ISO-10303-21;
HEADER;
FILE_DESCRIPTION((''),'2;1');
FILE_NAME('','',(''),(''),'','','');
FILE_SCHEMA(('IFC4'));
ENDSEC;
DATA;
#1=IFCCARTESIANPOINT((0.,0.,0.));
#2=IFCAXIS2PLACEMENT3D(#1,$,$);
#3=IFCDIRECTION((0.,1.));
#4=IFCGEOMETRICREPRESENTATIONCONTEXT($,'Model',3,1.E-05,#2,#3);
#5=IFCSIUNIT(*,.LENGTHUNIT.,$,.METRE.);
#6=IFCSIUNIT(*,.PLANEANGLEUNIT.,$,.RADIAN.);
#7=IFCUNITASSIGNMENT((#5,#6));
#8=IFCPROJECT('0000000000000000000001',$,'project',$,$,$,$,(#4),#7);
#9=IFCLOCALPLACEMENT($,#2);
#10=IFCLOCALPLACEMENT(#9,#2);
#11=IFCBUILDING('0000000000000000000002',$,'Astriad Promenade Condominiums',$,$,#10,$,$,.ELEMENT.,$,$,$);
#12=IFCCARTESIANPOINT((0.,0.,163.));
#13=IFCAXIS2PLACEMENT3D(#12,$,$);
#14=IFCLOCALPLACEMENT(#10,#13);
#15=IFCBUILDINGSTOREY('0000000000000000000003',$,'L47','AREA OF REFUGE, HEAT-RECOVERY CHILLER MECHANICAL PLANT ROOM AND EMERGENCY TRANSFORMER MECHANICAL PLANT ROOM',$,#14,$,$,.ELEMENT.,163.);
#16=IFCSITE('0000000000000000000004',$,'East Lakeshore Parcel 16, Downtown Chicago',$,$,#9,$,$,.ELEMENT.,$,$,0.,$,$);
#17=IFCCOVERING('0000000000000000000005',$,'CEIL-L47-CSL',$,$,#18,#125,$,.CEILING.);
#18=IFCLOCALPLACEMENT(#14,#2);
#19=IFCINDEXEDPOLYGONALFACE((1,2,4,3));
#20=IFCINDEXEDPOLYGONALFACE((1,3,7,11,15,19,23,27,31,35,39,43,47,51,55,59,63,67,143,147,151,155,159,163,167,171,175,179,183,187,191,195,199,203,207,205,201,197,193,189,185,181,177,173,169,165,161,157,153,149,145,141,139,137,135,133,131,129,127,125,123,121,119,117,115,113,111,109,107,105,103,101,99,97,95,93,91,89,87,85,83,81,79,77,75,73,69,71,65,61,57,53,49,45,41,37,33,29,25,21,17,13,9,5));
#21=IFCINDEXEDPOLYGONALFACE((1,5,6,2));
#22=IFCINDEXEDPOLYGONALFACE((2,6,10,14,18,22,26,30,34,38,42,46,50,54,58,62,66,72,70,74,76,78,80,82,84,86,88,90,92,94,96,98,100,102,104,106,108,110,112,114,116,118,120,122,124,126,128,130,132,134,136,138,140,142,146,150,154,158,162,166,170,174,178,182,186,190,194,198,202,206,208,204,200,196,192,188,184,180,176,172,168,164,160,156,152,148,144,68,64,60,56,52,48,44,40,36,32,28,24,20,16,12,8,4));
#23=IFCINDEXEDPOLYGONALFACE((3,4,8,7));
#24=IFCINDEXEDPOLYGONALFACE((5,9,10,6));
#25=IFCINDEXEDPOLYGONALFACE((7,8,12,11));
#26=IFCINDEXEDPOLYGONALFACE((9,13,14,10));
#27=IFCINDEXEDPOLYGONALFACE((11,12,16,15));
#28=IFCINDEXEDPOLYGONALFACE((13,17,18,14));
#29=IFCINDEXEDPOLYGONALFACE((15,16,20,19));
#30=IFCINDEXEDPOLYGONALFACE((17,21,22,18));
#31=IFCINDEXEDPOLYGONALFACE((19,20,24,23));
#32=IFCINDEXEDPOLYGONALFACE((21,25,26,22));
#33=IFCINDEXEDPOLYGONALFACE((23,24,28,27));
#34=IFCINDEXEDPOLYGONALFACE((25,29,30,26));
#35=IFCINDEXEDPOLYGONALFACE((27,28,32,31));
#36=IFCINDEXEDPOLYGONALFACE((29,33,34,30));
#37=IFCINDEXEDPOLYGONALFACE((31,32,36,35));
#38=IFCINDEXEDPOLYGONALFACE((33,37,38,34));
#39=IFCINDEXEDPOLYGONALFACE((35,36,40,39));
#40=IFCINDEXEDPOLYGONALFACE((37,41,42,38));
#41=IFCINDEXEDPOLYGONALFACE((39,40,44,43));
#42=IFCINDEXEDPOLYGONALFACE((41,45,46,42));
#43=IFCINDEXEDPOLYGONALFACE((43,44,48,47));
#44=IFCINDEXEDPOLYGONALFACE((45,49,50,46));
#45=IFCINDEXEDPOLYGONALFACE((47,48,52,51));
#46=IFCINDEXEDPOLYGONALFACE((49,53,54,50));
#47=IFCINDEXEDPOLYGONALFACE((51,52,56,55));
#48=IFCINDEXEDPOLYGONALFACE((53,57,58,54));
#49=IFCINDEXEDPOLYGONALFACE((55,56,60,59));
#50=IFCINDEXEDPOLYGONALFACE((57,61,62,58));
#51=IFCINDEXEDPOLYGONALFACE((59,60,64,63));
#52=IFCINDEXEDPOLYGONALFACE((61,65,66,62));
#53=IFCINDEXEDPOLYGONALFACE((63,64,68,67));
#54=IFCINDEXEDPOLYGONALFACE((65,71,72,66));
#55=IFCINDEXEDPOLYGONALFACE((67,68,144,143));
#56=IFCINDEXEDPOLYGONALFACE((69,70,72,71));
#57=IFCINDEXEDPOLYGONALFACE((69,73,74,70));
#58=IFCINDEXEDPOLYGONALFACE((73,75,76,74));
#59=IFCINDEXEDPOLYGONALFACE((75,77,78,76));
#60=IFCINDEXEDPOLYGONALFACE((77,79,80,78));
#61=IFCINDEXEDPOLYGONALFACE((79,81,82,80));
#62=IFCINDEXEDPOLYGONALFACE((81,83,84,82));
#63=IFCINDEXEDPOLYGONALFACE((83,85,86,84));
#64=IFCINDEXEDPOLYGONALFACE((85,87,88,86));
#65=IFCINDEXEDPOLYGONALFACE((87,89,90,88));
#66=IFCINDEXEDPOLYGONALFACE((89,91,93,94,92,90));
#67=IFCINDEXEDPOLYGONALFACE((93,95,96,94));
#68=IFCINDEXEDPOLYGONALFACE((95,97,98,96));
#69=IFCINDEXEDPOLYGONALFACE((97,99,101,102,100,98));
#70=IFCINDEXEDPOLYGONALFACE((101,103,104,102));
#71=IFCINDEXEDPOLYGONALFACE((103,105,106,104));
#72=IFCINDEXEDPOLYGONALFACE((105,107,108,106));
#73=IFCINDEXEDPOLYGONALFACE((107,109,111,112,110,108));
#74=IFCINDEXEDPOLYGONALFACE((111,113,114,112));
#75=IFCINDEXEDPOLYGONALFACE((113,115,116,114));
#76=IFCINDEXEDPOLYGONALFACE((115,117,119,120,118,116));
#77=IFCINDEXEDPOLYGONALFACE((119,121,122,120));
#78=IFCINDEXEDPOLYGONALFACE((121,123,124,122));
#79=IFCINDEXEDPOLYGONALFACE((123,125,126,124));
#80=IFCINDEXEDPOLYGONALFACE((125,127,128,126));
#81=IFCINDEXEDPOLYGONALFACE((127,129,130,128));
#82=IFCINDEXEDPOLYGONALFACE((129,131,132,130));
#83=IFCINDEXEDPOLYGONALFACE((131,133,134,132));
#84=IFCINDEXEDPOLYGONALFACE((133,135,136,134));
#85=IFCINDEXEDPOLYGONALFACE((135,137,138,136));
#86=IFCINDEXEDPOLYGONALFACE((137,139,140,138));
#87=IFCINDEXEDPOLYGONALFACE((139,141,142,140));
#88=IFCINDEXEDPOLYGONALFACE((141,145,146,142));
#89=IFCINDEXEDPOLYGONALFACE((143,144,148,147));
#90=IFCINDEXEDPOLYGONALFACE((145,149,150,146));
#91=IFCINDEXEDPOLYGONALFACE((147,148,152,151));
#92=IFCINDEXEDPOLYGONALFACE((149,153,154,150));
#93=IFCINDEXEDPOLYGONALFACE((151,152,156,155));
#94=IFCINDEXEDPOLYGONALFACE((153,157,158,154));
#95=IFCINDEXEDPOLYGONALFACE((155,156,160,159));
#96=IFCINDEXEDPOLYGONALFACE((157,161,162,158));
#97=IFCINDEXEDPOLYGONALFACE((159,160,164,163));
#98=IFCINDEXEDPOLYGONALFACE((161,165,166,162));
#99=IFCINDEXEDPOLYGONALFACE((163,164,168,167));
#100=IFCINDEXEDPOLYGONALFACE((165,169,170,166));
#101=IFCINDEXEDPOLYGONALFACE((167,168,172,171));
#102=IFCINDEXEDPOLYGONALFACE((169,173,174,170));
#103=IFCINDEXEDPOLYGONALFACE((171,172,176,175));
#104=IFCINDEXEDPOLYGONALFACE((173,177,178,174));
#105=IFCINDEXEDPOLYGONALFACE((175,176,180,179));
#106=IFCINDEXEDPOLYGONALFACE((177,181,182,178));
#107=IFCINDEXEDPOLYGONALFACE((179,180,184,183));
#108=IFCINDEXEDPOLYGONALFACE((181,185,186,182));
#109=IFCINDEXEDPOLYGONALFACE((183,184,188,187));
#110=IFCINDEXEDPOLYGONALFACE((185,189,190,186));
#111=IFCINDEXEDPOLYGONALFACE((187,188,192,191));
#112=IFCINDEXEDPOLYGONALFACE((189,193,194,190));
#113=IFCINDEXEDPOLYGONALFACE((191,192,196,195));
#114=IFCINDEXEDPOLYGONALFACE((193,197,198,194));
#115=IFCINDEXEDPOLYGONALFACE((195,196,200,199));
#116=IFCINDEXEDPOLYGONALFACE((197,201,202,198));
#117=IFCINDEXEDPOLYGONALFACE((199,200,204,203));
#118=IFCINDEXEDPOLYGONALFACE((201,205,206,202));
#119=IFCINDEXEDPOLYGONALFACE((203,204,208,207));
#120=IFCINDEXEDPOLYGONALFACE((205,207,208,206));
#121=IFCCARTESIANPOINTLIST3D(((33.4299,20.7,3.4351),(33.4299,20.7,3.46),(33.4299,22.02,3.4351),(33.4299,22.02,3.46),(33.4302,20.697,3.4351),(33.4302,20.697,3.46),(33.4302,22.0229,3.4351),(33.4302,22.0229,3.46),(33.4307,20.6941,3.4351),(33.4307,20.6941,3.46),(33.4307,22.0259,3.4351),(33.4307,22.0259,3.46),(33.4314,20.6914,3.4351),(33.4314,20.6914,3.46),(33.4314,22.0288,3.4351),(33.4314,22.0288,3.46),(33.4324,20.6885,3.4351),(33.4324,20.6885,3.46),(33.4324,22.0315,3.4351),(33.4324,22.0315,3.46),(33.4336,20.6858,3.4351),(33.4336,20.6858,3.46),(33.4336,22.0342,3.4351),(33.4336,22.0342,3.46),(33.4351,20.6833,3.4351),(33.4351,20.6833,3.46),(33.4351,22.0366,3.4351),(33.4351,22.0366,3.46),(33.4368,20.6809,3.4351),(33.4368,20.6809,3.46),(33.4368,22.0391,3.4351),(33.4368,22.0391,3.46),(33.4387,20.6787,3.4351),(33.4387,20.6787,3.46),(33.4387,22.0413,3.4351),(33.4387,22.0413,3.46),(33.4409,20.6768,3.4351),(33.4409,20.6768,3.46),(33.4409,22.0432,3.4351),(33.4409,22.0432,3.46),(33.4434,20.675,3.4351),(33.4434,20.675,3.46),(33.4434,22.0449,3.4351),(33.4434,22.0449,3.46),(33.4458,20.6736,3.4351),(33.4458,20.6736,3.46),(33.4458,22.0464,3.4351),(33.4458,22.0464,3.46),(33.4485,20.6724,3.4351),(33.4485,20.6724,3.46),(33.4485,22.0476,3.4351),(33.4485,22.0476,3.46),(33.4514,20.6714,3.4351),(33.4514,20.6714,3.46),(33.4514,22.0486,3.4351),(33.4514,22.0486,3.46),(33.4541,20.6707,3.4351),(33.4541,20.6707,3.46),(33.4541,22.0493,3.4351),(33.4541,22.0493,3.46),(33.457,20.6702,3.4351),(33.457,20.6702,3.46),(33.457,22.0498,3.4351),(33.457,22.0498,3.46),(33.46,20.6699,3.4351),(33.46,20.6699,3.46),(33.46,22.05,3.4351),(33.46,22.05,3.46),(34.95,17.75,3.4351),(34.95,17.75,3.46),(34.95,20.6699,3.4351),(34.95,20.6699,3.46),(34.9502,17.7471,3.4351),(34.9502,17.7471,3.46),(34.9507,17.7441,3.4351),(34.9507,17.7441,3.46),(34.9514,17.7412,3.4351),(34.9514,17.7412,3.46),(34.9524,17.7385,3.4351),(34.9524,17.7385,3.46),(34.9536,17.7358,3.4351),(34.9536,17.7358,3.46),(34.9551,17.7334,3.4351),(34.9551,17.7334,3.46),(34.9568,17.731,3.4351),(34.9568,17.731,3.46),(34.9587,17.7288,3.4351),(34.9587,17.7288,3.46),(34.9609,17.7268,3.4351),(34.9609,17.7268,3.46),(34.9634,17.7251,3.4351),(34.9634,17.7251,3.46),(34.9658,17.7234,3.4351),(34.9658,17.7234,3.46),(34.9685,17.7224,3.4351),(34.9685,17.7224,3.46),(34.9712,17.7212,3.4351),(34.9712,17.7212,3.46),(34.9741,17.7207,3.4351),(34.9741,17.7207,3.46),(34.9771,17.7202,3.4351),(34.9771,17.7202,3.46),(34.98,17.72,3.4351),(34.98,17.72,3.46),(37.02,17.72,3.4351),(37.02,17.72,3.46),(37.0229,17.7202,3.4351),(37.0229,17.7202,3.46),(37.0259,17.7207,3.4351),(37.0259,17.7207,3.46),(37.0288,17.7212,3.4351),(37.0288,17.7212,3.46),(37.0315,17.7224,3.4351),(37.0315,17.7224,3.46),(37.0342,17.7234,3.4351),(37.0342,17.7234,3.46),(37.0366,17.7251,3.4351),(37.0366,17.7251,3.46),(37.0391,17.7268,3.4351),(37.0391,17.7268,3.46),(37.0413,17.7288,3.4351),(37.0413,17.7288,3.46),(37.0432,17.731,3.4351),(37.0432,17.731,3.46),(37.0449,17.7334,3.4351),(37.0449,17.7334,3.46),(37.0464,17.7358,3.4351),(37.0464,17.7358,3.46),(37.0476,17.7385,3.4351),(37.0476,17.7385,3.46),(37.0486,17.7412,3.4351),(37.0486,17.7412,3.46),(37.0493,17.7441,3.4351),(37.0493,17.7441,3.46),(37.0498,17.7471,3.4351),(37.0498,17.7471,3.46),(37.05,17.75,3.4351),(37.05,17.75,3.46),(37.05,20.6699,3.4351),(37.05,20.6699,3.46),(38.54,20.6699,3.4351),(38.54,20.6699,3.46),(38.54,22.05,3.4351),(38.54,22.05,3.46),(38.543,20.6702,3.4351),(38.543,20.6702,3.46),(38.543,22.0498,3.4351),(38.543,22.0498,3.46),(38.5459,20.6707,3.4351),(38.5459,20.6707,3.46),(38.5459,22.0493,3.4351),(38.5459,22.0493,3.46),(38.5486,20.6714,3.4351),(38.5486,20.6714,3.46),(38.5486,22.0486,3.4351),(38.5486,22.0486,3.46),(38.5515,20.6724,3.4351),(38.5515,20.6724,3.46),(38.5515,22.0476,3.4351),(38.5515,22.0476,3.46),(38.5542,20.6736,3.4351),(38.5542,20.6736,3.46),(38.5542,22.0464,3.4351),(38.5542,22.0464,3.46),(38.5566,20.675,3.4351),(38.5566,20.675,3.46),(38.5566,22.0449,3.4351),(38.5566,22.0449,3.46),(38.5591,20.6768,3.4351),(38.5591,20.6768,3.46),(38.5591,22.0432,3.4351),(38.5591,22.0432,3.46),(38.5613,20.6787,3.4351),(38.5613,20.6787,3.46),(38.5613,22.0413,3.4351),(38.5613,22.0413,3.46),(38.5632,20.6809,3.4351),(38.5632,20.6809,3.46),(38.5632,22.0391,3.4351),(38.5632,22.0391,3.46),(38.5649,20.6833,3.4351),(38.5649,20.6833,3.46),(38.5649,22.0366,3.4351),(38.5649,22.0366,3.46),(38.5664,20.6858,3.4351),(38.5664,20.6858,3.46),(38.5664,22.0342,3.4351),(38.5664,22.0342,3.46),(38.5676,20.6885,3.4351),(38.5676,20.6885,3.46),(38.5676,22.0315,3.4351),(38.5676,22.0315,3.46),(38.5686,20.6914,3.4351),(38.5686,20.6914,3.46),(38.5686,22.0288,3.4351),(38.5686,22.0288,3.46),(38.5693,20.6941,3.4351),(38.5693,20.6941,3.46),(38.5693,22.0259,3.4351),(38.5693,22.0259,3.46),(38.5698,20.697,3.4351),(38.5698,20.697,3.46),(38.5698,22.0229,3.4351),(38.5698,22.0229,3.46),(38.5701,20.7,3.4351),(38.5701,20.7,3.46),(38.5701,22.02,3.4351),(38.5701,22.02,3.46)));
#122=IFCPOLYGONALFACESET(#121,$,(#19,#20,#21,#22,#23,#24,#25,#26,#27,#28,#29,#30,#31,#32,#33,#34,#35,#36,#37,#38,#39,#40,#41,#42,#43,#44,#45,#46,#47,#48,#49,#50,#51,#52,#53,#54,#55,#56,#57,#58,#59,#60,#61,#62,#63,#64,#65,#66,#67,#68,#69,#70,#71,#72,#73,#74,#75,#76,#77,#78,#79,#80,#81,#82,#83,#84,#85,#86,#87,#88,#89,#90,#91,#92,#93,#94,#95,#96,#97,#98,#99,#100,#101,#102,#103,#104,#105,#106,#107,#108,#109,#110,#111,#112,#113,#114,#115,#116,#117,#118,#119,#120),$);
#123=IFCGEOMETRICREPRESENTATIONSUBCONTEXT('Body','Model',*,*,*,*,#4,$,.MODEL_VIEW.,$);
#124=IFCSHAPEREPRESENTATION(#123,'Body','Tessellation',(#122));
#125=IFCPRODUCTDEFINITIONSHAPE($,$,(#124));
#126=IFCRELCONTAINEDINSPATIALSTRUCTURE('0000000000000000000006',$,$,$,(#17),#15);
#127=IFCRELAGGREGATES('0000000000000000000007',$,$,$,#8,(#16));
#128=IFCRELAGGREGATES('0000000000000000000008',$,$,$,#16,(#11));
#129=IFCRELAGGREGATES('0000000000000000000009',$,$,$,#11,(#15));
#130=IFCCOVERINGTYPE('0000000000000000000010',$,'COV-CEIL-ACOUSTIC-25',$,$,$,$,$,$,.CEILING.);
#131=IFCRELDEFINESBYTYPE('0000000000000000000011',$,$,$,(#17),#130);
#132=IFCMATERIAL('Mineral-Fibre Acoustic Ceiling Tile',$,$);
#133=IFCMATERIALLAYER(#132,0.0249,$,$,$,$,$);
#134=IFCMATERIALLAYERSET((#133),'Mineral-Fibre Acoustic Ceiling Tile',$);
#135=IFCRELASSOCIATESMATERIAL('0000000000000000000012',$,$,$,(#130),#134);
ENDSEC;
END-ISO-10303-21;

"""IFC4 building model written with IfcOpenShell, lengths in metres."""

from ifc_helpers import new_model, si_unit, direction, frame, origin, place, context, subcontext, project, spatial, polyline, outline, extrude, material, layer, layer_set, type_object, element, save


model = new_model("IFC4")

# Units and contexts
model_context = context("Model", 3, precision=1e-05, world=origin(), true_north=direction((0.0, 1.0)))
body_context = subcontext(model_context, "Body", "Model", "MODEL_VIEW")
ifc_project = project(units=[si_unit("LENGTHUNIT", "METRE"), si_unit("PLANEANGLEUNIT", "RADIAN")], contexts=[model_context])

# Site, building, storey
site_placement = place(None, origin())
site = spatial("IfcSite", under=ifc_project, at=site_placement, Name="East Lakeshore Parcel 16, Downtown Chicago", CompositionType="ELEMENT", RefElevation=0.0)
building_placement = place(site_placement, origin())
building = spatial("IfcBuilding", under=site, at=building_placement, Name="Astriad Promenade Condominiums", CompositionType="ELEMENT")
storey_placement = place(building_placement, frame((0.0, 0.0, 163.0)))
storey = spatial("IfcBuildingStorey", under=building, at=storey_placement, Name="L47", Description="AREA OF REFUGE, HEAT-RECOVERY CHILLER MECHANICAL PLANT ROOM AND EMERGENCY TRANSFORMER MECHANICAL PLANT ROOM", CompositionType="ELEMENT", Elevation=163.0)

# Covering
ifc_material_1 = material(Name="Mineral-Fibre Acoustic Ceiling Tile")
ifc_layer_1 = layer(ifc_material_1, 0.0249)
ifc_layer_set_1 = layer_set([ifc_layer_1], Name="Mineral-Fibre Acoustic Ceiling Tile")
covering_type_1 = type_object("IfcCoveringType", Name="COV-CEIL-ACOUSTIC-25", PredefinedType="CEILING", material=ifc_layer_set_1)
covering_1_placement = place(storey_placement, frame((0.0, 0.0, 3.4351)))
element("IfcCovering", 1, at=covering_1_placement, inside=storey, type_object=covering_type_1, Name="CEIL-L47-CSL", PredefinedType="CEILING", context=body_context, shape_type="SweptSolid", body=[
    extrude(outline(polyline([(37.05, 17.75), (37.0498, 17.7471), (37.0493, 17.7441), (37.0486, 17.7412), (37.0476, 17.7385), (37.0464, 17.7358), (37.0449, 17.7334), (37.0432, 17.731), (37.0413, 17.7288), (37.0391, 17.7268), (37.0366, 17.7251), (37.0342, 17.7234), (37.0315, 17.7224), (37.0288, 17.7212), (37.0259, 17.7207), (37.0229, 17.7202), (37.02, 17.72), (34.98, 17.72), (34.9771, 17.7202), (34.9741, 17.7207), (34.9712, 17.7212), (34.9685, 17.7224), (34.9658, 17.7234), (34.9634, 17.7251), (34.9609, 17.7268), (34.9587, 17.7288), (34.9568, 17.731), (34.9551, 17.7334), (34.9536, 17.7358), (34.9524, 17.7385), (34.9514, 17.7412), (34.9507, 17.7441), (34.9502, 17.7471), (34.95, 17.75), (34.95, 20.6699), (33.46, 20.6699), (33.457, 20.6702), (33.4541, 20.6707), (33.4514, 20.6714), (33.4485, 20.6724), (33.4458, 20.6736), (33.4434, 20.675), (33.4409, 20.6768), (33.4387, 20.6787), (33.4368, 20.6809), (33.4351, 20.6833), (33.4336, 20.6858), (33.4324, 20.6885), (33.4314, 20.6914), (33.4307, 20.6941), (33.4302, 20.697), (33.4299, 20.7), (33.4299, 22.02), (33.4302, 22.0229), (33.4307, 22.0259), (33.4314, 22.0288), (33.4324, 22.0315), (33.4336, 22.0342), (33.4351, 22.0366), (33.4368, 22.0391), (33.4387, 22.0413), (33.4409, 22.0432), (33.4434, 22.0449), (33.4458, 22.0464), (33.4485, 22.0476), (33.4514, 22.0486), (33.4541, 22.0493), (33.457, 22.0498), (33.46, 22.05), (38.54, 22.05), (38.543, 22.0498), (38.5459, 22.0493), (38.5486, 22.0486), (38.5515, 22.0476), (38.5542, 22.0464), (38.5566, 22.0449), (38.5591, 22.0432), (38.5613, 22.0413), (38.5632, 22.0391), (38.5649, 22.0366), (38.5664, 22.0342), (38.5676, 22.0315), (38.5686, 22.0288), (38.5693, 22.0259), (38.5698, 22.0229), (38.5701, 22.02), (38.5701, 20.7), (38.5698, 20.697), (38.5693, 20.6941), (38.5686, 20.6914), (38.5676, 20.6885), (38.5664, 20.6858), (38.5649, 20.6833), (38.5632, 20.6809), (38.5613, 20.6787), (38.5591, 20.6768), (38.5566, 20.675), (38.5542, 20.6736), (38.5515, 20.6724), (38.5486, 20.6714), (38.5459, 20.6707), (38.543, 20.6702), (38.54, 20.6699), (37.05, 20.6699), (37.05, 17.75)])), origin(), (0.0, 0.0, 1.0), 0.0249),
])

save(model, "model.ifc")
